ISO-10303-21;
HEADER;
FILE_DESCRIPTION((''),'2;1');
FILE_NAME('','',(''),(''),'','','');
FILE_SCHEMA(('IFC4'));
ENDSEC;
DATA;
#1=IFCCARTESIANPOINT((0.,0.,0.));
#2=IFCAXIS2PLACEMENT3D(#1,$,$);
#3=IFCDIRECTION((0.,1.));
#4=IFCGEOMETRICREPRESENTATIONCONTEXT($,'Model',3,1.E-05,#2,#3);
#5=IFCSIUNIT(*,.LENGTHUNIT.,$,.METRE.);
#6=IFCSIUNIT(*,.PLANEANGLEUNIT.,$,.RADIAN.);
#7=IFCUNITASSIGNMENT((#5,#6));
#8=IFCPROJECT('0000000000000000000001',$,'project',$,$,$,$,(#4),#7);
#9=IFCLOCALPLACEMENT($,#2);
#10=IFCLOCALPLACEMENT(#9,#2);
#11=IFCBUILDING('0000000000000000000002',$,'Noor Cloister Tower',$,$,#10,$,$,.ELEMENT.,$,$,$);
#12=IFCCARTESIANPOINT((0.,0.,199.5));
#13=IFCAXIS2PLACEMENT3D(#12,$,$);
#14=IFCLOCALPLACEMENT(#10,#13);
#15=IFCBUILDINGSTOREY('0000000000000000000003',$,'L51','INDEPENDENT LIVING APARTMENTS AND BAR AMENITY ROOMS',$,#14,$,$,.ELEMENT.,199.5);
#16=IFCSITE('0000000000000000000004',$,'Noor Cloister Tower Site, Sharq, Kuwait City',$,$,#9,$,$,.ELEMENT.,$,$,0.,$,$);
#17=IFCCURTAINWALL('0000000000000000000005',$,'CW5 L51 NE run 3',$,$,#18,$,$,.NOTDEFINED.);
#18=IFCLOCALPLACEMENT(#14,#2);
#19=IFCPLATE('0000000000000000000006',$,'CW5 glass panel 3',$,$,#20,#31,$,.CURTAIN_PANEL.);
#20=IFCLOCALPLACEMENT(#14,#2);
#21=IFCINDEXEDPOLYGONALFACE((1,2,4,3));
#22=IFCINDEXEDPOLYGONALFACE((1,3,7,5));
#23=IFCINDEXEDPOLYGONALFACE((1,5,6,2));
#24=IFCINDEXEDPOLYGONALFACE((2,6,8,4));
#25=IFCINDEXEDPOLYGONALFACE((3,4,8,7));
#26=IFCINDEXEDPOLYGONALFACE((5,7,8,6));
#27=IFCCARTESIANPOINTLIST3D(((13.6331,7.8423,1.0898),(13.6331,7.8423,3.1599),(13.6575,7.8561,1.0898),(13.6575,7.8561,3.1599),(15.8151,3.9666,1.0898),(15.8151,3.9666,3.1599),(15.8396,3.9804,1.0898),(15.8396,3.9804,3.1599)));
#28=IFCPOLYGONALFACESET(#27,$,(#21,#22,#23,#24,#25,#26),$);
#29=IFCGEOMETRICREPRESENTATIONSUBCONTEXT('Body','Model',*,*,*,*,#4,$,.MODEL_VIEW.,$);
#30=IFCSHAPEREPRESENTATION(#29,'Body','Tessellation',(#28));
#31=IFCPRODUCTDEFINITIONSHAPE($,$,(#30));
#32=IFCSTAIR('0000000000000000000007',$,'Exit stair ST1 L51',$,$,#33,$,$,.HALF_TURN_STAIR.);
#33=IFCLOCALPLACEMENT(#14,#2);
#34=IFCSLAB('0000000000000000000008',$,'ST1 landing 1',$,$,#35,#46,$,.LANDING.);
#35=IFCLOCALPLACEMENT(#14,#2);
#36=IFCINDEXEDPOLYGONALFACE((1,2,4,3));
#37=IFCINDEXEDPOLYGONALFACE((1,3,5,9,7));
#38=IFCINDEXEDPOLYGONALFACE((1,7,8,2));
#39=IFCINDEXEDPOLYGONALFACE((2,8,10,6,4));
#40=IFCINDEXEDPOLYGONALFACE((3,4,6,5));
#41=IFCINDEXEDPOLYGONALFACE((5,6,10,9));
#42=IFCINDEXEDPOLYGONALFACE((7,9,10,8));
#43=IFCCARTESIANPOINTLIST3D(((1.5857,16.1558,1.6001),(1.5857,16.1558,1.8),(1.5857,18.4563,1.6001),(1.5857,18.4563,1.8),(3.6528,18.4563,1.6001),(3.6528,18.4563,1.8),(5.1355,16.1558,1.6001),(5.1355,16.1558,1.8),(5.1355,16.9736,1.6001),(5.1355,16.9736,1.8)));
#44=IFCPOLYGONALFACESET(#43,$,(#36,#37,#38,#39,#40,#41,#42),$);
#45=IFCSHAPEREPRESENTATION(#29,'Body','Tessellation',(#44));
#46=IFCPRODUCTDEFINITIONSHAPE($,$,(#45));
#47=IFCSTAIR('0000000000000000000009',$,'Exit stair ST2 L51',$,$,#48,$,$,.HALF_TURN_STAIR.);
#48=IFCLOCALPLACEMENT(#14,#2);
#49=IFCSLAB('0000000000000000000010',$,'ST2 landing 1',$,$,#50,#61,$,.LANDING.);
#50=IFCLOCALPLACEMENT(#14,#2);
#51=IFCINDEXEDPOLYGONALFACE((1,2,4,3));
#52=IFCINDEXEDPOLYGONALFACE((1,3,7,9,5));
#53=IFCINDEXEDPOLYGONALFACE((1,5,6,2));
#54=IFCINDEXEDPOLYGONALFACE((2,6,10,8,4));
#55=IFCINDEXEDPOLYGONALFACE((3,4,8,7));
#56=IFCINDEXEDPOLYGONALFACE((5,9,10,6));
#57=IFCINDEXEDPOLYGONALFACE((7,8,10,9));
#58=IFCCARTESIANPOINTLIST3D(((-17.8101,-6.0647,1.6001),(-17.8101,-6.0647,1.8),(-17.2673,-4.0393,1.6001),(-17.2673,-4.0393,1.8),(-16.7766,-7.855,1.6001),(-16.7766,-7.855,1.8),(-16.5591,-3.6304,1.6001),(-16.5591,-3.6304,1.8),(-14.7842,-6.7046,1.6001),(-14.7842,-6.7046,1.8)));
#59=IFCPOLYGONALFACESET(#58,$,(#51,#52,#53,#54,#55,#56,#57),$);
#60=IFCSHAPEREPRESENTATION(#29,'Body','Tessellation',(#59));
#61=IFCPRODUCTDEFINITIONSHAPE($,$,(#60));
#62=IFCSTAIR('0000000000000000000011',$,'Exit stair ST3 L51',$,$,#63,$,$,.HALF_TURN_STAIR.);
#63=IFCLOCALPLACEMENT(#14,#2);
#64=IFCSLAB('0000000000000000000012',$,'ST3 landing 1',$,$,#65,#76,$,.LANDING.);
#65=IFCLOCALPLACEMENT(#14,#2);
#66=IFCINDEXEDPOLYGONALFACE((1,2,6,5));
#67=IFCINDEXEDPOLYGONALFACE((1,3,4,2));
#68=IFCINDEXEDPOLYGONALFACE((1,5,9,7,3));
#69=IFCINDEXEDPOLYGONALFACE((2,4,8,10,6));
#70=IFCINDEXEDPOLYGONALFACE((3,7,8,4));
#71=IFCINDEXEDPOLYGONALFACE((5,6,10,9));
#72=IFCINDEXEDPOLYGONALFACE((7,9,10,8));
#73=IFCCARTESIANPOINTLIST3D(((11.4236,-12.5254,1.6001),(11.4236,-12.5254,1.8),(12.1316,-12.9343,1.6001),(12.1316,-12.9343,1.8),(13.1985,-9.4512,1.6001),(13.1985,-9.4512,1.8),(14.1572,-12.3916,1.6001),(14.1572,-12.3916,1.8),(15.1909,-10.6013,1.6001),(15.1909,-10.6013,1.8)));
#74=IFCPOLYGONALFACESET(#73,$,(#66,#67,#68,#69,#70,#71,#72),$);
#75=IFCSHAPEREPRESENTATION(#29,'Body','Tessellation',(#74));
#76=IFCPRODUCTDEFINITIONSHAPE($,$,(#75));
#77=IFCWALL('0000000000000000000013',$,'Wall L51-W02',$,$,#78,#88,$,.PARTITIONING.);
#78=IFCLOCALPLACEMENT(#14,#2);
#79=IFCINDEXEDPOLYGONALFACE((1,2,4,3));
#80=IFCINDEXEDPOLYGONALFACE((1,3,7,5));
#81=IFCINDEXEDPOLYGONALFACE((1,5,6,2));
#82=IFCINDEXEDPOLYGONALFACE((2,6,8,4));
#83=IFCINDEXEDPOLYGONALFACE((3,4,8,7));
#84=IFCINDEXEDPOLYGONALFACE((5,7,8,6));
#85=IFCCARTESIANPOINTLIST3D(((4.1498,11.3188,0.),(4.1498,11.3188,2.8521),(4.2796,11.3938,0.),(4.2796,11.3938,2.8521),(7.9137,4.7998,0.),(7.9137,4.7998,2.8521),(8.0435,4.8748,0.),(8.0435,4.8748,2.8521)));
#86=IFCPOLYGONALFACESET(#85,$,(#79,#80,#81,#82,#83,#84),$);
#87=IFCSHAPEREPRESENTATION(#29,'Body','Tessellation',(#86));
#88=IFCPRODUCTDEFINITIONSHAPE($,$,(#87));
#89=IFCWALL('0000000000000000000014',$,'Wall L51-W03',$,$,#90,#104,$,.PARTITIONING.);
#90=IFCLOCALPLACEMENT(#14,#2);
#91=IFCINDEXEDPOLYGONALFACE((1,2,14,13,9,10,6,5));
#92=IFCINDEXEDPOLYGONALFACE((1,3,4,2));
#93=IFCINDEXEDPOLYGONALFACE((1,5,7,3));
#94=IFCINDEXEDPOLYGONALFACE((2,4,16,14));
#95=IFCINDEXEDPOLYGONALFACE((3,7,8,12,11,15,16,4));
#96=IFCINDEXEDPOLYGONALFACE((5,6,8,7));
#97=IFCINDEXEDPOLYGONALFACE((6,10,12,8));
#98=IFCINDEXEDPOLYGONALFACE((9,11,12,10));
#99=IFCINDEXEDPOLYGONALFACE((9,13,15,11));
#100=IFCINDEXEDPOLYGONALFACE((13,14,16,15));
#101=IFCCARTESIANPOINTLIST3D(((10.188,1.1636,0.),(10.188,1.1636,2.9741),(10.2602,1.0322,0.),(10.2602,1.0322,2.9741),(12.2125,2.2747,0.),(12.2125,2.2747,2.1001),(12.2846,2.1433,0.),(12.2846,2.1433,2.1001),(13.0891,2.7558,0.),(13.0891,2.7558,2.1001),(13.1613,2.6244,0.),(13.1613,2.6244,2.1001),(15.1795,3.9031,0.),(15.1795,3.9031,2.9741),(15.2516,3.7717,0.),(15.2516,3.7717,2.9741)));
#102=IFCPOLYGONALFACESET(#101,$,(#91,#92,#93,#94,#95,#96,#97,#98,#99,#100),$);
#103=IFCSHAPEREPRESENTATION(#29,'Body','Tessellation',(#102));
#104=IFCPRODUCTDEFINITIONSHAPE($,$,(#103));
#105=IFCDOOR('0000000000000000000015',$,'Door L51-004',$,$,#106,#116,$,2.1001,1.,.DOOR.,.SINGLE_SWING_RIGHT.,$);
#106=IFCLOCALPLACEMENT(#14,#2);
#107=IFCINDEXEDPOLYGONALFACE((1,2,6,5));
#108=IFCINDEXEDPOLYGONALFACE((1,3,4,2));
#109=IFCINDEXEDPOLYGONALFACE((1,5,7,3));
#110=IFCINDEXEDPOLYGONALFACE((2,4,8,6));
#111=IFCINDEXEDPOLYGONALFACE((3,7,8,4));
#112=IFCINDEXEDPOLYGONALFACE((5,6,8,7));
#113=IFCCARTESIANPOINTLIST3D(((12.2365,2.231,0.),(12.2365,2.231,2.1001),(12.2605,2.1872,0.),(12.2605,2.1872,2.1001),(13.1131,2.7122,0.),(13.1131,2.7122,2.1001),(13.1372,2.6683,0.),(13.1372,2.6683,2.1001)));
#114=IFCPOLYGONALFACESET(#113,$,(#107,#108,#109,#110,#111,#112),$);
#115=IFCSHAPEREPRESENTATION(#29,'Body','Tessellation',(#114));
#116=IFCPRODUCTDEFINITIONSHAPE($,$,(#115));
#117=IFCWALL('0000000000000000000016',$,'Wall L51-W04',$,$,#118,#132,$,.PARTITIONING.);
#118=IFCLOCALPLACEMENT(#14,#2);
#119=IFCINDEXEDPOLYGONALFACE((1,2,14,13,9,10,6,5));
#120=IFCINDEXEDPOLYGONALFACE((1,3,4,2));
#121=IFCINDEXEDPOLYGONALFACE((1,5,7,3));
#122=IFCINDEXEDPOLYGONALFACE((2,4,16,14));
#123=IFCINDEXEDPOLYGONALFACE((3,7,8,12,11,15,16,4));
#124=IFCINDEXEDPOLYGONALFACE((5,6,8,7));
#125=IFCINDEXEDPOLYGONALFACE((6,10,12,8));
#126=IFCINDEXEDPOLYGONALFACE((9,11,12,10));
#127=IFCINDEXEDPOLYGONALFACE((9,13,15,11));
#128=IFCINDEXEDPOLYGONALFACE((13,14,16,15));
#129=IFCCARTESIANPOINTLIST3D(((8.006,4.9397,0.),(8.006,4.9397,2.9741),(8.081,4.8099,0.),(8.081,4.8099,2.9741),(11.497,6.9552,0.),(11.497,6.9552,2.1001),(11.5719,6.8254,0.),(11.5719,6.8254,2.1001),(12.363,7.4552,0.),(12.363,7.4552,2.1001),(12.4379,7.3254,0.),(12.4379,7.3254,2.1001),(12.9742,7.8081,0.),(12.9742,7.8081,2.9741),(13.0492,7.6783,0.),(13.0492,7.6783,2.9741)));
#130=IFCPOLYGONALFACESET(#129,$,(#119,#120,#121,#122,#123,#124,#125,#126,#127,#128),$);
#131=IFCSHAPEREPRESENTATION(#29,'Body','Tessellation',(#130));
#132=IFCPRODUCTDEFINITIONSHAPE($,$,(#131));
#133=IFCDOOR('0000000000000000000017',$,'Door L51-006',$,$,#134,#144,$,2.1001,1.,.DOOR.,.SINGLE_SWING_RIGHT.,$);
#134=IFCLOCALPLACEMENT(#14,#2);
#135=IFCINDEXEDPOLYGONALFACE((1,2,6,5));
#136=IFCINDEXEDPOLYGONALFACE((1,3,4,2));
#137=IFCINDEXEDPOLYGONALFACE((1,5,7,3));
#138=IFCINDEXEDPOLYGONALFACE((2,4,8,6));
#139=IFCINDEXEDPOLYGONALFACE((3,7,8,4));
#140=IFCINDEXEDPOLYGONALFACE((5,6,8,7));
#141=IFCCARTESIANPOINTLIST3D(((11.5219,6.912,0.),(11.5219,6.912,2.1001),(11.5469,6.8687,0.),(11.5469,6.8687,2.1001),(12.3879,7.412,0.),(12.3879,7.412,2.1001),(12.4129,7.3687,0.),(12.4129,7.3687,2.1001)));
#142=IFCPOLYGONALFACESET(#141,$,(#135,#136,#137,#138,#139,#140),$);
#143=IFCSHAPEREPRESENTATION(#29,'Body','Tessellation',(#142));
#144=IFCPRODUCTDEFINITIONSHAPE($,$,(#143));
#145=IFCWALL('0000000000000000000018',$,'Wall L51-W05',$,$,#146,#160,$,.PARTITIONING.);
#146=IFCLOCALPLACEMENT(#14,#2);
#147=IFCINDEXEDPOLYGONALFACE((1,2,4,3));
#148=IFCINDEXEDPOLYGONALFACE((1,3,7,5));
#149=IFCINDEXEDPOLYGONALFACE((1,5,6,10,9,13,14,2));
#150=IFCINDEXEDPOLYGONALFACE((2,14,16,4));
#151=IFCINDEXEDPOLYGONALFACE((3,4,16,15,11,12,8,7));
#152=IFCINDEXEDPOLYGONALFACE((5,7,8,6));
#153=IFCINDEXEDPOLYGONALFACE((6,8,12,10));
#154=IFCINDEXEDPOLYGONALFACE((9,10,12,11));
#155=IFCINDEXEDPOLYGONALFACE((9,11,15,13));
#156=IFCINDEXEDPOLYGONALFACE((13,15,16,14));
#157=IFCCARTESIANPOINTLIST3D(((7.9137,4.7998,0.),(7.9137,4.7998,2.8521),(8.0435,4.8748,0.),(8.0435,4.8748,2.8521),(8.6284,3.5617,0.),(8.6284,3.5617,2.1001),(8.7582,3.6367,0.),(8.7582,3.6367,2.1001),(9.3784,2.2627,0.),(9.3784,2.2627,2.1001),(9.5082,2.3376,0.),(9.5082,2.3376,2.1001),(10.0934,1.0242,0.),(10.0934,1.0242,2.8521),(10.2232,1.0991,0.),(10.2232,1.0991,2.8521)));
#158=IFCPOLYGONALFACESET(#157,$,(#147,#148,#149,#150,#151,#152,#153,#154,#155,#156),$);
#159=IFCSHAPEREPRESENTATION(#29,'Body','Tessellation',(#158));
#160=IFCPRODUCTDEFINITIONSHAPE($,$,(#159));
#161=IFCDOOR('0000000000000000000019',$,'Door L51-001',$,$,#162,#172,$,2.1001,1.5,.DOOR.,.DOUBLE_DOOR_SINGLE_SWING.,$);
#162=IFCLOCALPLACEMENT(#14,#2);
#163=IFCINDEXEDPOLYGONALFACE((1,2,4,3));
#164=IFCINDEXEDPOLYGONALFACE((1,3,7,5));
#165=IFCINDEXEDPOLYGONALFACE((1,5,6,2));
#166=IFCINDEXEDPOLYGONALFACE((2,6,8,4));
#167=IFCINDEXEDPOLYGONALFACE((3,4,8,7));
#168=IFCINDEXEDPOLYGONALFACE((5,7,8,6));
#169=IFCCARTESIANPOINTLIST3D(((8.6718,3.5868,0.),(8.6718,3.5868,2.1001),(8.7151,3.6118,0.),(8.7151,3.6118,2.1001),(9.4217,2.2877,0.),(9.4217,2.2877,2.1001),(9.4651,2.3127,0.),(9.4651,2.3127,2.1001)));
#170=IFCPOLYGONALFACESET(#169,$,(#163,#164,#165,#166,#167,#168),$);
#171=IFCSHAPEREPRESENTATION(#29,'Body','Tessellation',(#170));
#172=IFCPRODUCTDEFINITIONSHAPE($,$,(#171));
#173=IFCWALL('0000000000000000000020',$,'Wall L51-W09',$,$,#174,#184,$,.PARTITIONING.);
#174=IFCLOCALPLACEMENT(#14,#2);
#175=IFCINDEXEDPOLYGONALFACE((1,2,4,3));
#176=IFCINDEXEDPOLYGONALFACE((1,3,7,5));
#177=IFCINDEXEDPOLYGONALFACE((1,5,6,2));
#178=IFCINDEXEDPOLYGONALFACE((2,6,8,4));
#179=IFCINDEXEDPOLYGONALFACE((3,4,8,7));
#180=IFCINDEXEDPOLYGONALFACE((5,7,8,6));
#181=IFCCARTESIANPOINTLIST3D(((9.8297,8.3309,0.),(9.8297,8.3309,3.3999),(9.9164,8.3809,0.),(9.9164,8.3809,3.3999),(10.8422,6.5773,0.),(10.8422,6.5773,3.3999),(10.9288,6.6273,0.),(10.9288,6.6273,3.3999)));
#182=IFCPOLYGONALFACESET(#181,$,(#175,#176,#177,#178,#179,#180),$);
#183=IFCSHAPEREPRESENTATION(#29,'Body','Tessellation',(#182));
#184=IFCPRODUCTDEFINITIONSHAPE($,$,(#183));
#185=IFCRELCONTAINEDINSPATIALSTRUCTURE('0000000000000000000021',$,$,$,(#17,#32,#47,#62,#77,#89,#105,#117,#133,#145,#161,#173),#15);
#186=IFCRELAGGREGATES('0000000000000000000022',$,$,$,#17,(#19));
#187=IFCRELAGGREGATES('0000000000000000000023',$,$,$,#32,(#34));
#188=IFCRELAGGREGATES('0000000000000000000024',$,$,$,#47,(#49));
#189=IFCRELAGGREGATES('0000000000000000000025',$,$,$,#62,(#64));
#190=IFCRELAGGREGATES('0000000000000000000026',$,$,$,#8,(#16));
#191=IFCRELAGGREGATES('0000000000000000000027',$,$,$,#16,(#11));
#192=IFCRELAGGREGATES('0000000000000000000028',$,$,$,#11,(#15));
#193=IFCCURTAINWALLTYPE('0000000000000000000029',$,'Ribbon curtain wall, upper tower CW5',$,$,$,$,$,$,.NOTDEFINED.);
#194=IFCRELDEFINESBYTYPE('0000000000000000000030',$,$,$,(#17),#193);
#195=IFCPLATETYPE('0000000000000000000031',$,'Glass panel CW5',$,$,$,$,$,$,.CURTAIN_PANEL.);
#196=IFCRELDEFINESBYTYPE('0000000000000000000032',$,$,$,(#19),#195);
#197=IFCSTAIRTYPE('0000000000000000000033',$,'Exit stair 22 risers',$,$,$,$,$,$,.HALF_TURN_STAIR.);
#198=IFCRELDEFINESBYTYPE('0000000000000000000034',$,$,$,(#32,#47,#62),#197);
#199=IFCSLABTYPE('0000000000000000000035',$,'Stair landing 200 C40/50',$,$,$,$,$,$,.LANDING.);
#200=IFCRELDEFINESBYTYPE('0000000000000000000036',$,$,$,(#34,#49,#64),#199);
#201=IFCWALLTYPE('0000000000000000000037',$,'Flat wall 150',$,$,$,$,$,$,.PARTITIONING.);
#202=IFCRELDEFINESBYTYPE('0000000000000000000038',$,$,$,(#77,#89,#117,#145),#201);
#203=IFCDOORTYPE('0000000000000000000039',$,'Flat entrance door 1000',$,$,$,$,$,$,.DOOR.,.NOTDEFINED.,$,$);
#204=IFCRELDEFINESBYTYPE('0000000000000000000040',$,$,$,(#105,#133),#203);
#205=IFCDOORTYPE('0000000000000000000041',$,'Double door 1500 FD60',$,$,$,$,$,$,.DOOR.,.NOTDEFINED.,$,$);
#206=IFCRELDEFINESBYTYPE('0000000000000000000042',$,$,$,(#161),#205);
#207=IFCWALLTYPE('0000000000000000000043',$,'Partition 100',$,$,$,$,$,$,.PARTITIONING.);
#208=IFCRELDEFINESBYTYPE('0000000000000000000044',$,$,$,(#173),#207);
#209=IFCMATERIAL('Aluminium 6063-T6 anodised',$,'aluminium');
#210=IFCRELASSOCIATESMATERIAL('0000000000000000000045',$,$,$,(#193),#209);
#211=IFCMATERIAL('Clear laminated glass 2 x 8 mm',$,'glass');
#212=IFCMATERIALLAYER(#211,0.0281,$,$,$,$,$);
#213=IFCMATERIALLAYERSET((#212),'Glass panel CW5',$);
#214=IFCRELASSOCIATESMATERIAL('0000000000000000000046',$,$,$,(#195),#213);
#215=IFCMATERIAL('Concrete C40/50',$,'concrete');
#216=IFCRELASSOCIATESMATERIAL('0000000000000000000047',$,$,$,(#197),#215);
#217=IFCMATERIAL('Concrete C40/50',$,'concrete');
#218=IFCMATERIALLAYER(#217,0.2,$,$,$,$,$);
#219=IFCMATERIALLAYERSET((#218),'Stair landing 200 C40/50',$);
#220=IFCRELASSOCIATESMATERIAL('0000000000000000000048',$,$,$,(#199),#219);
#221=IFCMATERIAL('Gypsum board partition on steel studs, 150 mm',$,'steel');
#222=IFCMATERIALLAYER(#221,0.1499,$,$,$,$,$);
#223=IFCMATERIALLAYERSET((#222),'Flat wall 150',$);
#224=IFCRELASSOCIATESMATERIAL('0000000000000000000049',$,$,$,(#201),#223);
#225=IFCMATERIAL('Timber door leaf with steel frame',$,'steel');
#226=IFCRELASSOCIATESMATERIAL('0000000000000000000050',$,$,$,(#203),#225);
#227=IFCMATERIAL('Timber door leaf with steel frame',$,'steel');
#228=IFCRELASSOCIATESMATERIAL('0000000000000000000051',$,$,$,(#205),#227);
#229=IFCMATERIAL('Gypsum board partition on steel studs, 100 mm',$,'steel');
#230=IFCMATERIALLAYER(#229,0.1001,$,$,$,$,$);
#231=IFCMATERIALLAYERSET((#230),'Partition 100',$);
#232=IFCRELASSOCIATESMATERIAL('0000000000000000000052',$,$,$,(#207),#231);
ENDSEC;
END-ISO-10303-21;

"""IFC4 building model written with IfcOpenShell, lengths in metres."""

from ifc_helpers import new_model, si_unit, direction, frame, frame_2d, origin, origin_2d, place, context, subcontext, project, spatial, polyline, rectangle, outline, extrude, material, layer, layer_set, type_object, element, fill, aggregate, save


model = new_model("IFC4")

# Units and contexts
model_context = context("Model", 3, precision=1e-05, world=origin(), true_north=direction((0.0, 1.0)))
body_context = subcontext(model_context, "Body", "Model", "MODEL_VIEW")
ifc_project = project(units=[si_unit("LENGTHUNIT", "METRE"), si_unit("PLANEANGLEUNIT", "RADIAN")], contexts=[model_context])

# Site, building, storey
site_placement = place(None, origin())
site = spatial("IfcSite", under=ifc_project, at=site_placement, Name="Noor Cloister Tower Site, Sharq, Kuwait City", CompositionType="ELEMENT", RefElevation=0.0)
building_placement = place(site_placement, origin())
building = spatial("IfcBuilding", under=site, at=building_placement, Name="Noor Cloister Tower", CompositionType="ELEMENT")
storey_placement = place(building_placement, frame((0.0, 0.0, 199.5)))
storey = spatial("IfcBuildingStorey", under=building, at=storey_placement, Name="L51", Description="INDEPENDENT LIVING APARTMENTS AND BAR AMENITY ROOMS", CompositionType="ELEMENT", Elevation=199.5)

# Curtain wall
ifc_material_1 = material(Name="Aluminium 6063-T6 anodised", Category="aluminium")
curtain_wall_type = type_object("IfcCurtainWallType", Name="Ribbon curtain wall, upper tower CW5", PredefinedType="NOTDEFINED", material=ifc_material_1)
curtain_wall_placement = place(storey_placement, origin())
curtain_wall = element("IfcCurtainWall", 1, at=curtain_wall_placement, inside=storey, type_object=curtain_wall_type, Name="CW5 L51 NE run 3", PredefinedType="NOTDEFINED")

# Plate
ifc_material_2 = material(Name="Clear laminated glass 2 x 8 mm", Category="glass")
ifc_layer_1 = layer(ifc_material_2, 0.0281)
ifc_layer_set_1 = layer_set([ifc_layer_1], Name="Glass panel CW5")
plate_type = type_object("IfcPlateType", Name="Glass panel CW5", PredefinedType="CURTAIN_PANEL", material=ifc_layer_set_1)
plate_1_placement = place(storey_placement, frame((14.7363, 5.9114, 1.0898), z_axis=(0.0, 0.0, 1.0), x_axis=(-0.4906, 0.871385, 0.0)))
plate_1 = element("IfcPlate", 2, at=plate_1_placement, type_object=plate_type, Name="CW5 glass panel 3", PredefinedType="CURTAIN_PANEL", context=body_context, shape_type="SweptSolid", body=[
    extrude(rectangle(XDim=4.4478, YDim=0.0281, at=origin_2d()), origin(), (0.0, 0.0, 1.0), 2.0701),
])
aggregate(curtain_wall, [plate_1])

# Stairs, slabs
ifc_material_3 = material(Name="Concrete C40/50", Category="concrete")
stair_type = type_object("IfcStairType", Name="Exit stair 22 risers", PredefinedType="HALF_TURN_STAIR", material=ifc_material_3)
stair_1_placement = place(storey_placement, origin())
stair_1 = element("IfcStair", 3, at=stair_1_placement, inside=storey, type_object=stair_type, Name="Exit stair ST1 L51", PredefinedType="HALF_TURN_STAIR")
ifc_material_4 = material(Name="Concrete C40/50", Category="concrete")
ifc_layer_2 = layer(ifc_material_4, 0.2)
ifc_layer_set_2 = layer_set([ifc_layer_2], Name="Stair landing 200 C40/50")
slab_type_1 = type_object("IfcSlabType", Name="Stair landing 200 C40/50", PredefinedType="LANDING", material=ifc_layer_set_2)
slab_1_placement = place(storey_placement, frame((0.0, 0.0, 1.6001)))
slab_1 = element("IfcSlab", 4, at=slab_1_placement, type_object=slab_type_1, Name="ST1 landing 1", PredefinedType="LANDING", context=body_context, shape_type="SweptSolid", body=[
    extrude(outline(polyline([(5.1355, 16.1558), (5.1355, 16.9736), (3.6528, 18.4563), (1.5857, 18.4563), (1.5857, 16.1558), (5.1355, 16.1558)])), origin(), (0.0, 0.0, 1.0), 0.2),
])
aggregate(stair_1, [slab_1])
stair_2_placement = place(storey_placement, origin())
stair_2 = element("IfcStair", 5, at=stair_2_placement, inside=storey, type_object=stair_type, Name="Exit stair ST2 L51", PredefinedType="HALF_TURN_STAIR")
slab_2_placement = place(storey_placement, frame((0.0, 0.0, 1.6001)))
slab_2 = element("IfcSlab", 6, at=slab_2_placement, type_object=slab_type_1, Name="ST2 landing 1", PredefinedType="LANDING", context=body_context, shape_type="SweptSolid", body=[
    extrude(outline(polyline([(-16.5591, -3.6304), (-17.2673, -4.0393), (-17.8101, -6.0647), (-16.7766, -7.855), (-14.7842, -6.7046), (-16.5591, -3.6304)])), origin(), (0.0, 0.0, 1.0), 0.2),
])
aggregate(stair_2, [slab_2])
stair_3_placement = place(storey_placement, origin())
stair_3 = element("IfcStair", 7, at=stair_3_placement, inside=storey, type_object=stair_type, Name="Exit stair ST3 L51", PredefinedType="HALF_TURN_STAIR")
slab_3_placement = place(storey_placement, frame((0.0, 0.0, 1.6001)))
slab_3 = element("IfcSlab", 8, at=slab_3_placement, type_object=slab_type_1, Name="ST3 landing 1", PredefinedType="LANDING", context=body_context, shape_type="SweptSolid", body=[
    extrude(outline(polyline([(11.4236, -12.5254), (12.1316, -12.9343), (14.1572, -12.3916), (15.1909, -10.6013), (13.1985, -9.4512), (11.4236, -12.5254)])), origin(), (0.0, 0.0, 1.0), 0.2),
])
aggregate(stair_3, [slab_3])

# Wall
ifc_material_5 = material(Name="Gypsum board partition on steel studs, 150 mm", Category="steel")
ifc_layer_3 = layer(ifc_material_5, 0.1499)
ifc_layer_set_3 = layer_set([ifc_layer_3], Name="Flat wall 150")
wall_type_1 = type_object("IfcWallType", Name="Flat wall 150", PredefinedType="PARTITIONING", material=ifc_layer_set_3)
wall_1_placement = place(storey_placement, frame((7.9785, 4.8374, 0.0), z_axis=(0.0, 0.0, 1.0), x_axis=(-0.500014, 0.866017, 0.0)))
element("IfcWall", 9, at=wall_1_placement, inside=storey, type_object=wall_type_1, Name="Wall L51-W02", PredefinedType="PARTITIONING", context=body_context, shape_type="SweptSolid", body=[
    extrude(rectangle(XDim=7.5276, YDim=0.1499, at=frame_2d((3.7637, 0.0))), origin(), (0.0, 0.0, 1.0), 2.8521),
])

# Walls, openings, doors
wall_2_placement = place(storey_placement, frame((15.2156, 3.8374, 0.0), z_axis=(0.0, 0.0, 1.0), x_axis=(-0.876646, -0.481137, 0.0)))
wall_2 = element("IfcWall", 10, at=wall_2_placement, inside=storey, type_object=wall_type_1, Name="Wall L51-W03", PredefinedType="PARTITIONING", context=body_context, shape_type="SweptSolid", body=[
    extrude(rectangle(XDim=5.6938, YDim=0.1499, at=frame_2d((2.8469, 0.0))), origin(), (0.0, 0.0, 1.0), 2.9741),
])
opening_1_placement = place(wall_2_placement, frame((2.3845, 0.0, 0.0)))
opening_1 = element("IfcOpeningElement", 11, at=opening_1_placement, cuts=wall_2, PredefinedType="OPENING", context=body_context, shape_type="SweptSolid", body=[
    extrude(rectangle(XDim=1.0, YDim=2.1001, at=frame_2d((0.5, 1.05))), frame((0.0, 0.085, 0.0), z_axis=(0.0, -1.0, 0.0), x_axis=(1.0, 0.0, 0.0)), (0.0, 0.0, 1.0), 0.1699),
])
ifc_material_6 = material(Name="Timber door leaf with steel frame", Category="steel")
door_type_1 = type_object("IfcDoorType", Name="Flat entrance door 1000", OperationType="NOTDEFINED", PredefinedType="DOOR", material=ifc_material_6)
door_1_placement = place(opening_1_placement, origin())
door_1 = element("IfcDoor", 12, at=door_1_placement, inside=storey, type_object=door_type_1, Name="Door L51-004", OperationType="SINGLE_SWING_RIGHT", OverallHeight=2.1001, OverallWidth=1.0, PredefinedType="DOOR", context=body_context, shape_type="SweptSolid", body=[
    extrude(rectangle(XDim=1.0, YDim=2.1001, at=frame_2d((0.5, 1.05))), frame((0.0, 0.0249, 0.0), z_axis=(0.0, -1.0, 0.0), x_axis=(1.0, 0.0, 0.0)), (0.0, 0.0, 1.0), 0.05),
])
fill(opening_1, door_1)
wall_3_placement = place(storey_placement, frame((13.0117, 7.7432, 0.0), z_axis=(0.0, 0.0, 1.0), x_axis=(-0.866027, -0.499998, 0.0)))
wall_3 = element("IfcWall", 13, at=wall_3_placement, inside=storey, type_object=wall_type_1, Name="Wall L51-W04", PredefinedType="PARTITIONING", context=body_context, shape_type="SweptSolid", body=[
    extrude(rectangle(XDim=5.7368, YDim=0.1499, at=frame_2d((2.8684, 0.0))), origin(), (0.0, 0.0, 1.0), 2.9741),
])
opening_2_placement = place(wall_3_placement, frame((0.7058, 0.0, 0.0)))
opening_2 = element("IfcOpeningElement", 14, at=opening_2_placement, cuts=wall_3, PredefinedType="OPENING", context=body_context, shape_type="SweptSolid", body=[
    extrude(rectangle(XDim=1.0, YDim=2.1001, at=frame_2d((0.5, 1.05))), frame((0.0, 0.085, 0.0), z_axis=(0.0, -1.0, 0.0), x_axis=(1.0, 0.0, 0.0)), (0.0, 0.0, 1.0), 0.1699),
])
door_2_placement = place(opening_2_placement, origin())
door_2 = element("IfcDoor", 15, at=door_2_placement, inside=storey, type_object=door_type_1, Name="Door L51-006", OperationType="SINGLE_SWING_RIGHT", OverallHeight=2.1001, OverallWidth=1.0, PredefinedType="DOOR", context=body_context, shape_type="SweptSolid", body=[
    extrude(rectangle(XDim=1.0, YDim=2.1001, at=frame_2d((0.5, 1.05))), frame((0.0, 0.0249, 0.0), z_axis=(0.0, -1.0, 0.0), x_axis=(1.0, 0.0, 0.0)), (0.0, 0.0, 1.0), 0.05),
])
fill(opening_2, door_2)
wall_4_placement = place(storey_placement, frame((10.1582, 1.0618, 0.0), z_axis=(0.0, 0.0, 1.0), x_axis=(-0.49997, 0.866043, 0.0)))
wall_4 = element("IfcWall", 16, at=wall_4_placement, inside=storey, type_object=wall_type_1, Name="Wall L51-W05", PredefinedType="PARTITIONING", context=body_context, shape_type="SweptSolid", body=[
    extrude(rectangle(XDim=4.3596, YDim=0.1499, at=frame_2d((2.1797, 0.0))), origin(), (0.0, 0.0, 1.0), 2.8521),
])
opening_3_placement = place(wall_4_placement, frame((1.4299, 0.0, 0.0)))
opening_3 = element("IfcOpeningElement", 17, at=opening_3_placement, cuts=wall_4, PredefinedType="OPENING", context=body_context, shape_type="SweptSolid", body=[
    extrude(rectangle(XDim=1.5, YDim=2.1001, at=frame_2d((0.75, 1.05))), frame((0.0, 0.085, 0.0), z_axis=(0.0, -1.0, 0.0), x_axis=(1.0, 0.0, 0.0)), (0.0, 0.0, 1.0), 0.1699),
])
ifc_material_7 = material(Name="Timber door leaf with steel frame", Category="steel")
door_type_2 = type_object("IfcDoorType", Name="Double door 1500 FD60", OperationType="NOTDEFINED", PredefinedType="DOOR", material=ifc_material_7)
door_3_placement = place(opening_3_placement, origin())
door_3 = element("IfcDoor", 18, at=door_3_placement, inside=storey, type_object=door_type_2, Name="Door L51-001", OperationType="DOUBLE_DOOR_SINGLE_SWING", OverallHeight=2.1001, OverallWidth=1.5, PredefinedType="DOOR", context=body_context, shape_type="SweptSolid", body=[
    extrude(rectangle(XDim=1.5, YDim=2.1001, at=frame_2d((0.75, 1.05))), frame((0.0, 0.0249, 0.0), z_axis=(0.0, -1.0, 0.0), x_axis=(1.0, 0.0, 0.0)), (0.0, 0.0, 1.0), 0.05),
])
fill(opening_3, door_3)

# Wall
ifc_material_8 = material(Name="Gypsum board partition on steel studs, 100 mm", Category="steel")
ifc_layer_4 = layer(ifc_material_8, 0.1001)
ifc_layer_set_4 = layer_set([ifc_layer_4], Name="Partition 100")
wall_type_2 = type_object("IfcWallType", Name="Partition 100", PredefinedType="PARTITIONING", material=ifc_layer_set_4)
wall_5_placement = place(storey_placement, frame((10.8855, 6.6023, 0.0), z_axis=(0.0, 0.0, 1.0), x_axis=(-0.49999, 0.866031, 0.0)))
element("IfcWall", 19, at=wall_5_placement, inside=storey, type_object=wall_type_2, Name="Wall L51-W09", PredefinedType="PARTITIONING", context=body_context, shape_type="SweptSolid", body=[
    extrude(rectangle(XDim=2.0249, YDim=0.1001, at=frame_2d((1.0125, 0.0))), origin(), (0.0, 0.0, 1.0), 3.3999),
])

save(model, "model.ifc")
